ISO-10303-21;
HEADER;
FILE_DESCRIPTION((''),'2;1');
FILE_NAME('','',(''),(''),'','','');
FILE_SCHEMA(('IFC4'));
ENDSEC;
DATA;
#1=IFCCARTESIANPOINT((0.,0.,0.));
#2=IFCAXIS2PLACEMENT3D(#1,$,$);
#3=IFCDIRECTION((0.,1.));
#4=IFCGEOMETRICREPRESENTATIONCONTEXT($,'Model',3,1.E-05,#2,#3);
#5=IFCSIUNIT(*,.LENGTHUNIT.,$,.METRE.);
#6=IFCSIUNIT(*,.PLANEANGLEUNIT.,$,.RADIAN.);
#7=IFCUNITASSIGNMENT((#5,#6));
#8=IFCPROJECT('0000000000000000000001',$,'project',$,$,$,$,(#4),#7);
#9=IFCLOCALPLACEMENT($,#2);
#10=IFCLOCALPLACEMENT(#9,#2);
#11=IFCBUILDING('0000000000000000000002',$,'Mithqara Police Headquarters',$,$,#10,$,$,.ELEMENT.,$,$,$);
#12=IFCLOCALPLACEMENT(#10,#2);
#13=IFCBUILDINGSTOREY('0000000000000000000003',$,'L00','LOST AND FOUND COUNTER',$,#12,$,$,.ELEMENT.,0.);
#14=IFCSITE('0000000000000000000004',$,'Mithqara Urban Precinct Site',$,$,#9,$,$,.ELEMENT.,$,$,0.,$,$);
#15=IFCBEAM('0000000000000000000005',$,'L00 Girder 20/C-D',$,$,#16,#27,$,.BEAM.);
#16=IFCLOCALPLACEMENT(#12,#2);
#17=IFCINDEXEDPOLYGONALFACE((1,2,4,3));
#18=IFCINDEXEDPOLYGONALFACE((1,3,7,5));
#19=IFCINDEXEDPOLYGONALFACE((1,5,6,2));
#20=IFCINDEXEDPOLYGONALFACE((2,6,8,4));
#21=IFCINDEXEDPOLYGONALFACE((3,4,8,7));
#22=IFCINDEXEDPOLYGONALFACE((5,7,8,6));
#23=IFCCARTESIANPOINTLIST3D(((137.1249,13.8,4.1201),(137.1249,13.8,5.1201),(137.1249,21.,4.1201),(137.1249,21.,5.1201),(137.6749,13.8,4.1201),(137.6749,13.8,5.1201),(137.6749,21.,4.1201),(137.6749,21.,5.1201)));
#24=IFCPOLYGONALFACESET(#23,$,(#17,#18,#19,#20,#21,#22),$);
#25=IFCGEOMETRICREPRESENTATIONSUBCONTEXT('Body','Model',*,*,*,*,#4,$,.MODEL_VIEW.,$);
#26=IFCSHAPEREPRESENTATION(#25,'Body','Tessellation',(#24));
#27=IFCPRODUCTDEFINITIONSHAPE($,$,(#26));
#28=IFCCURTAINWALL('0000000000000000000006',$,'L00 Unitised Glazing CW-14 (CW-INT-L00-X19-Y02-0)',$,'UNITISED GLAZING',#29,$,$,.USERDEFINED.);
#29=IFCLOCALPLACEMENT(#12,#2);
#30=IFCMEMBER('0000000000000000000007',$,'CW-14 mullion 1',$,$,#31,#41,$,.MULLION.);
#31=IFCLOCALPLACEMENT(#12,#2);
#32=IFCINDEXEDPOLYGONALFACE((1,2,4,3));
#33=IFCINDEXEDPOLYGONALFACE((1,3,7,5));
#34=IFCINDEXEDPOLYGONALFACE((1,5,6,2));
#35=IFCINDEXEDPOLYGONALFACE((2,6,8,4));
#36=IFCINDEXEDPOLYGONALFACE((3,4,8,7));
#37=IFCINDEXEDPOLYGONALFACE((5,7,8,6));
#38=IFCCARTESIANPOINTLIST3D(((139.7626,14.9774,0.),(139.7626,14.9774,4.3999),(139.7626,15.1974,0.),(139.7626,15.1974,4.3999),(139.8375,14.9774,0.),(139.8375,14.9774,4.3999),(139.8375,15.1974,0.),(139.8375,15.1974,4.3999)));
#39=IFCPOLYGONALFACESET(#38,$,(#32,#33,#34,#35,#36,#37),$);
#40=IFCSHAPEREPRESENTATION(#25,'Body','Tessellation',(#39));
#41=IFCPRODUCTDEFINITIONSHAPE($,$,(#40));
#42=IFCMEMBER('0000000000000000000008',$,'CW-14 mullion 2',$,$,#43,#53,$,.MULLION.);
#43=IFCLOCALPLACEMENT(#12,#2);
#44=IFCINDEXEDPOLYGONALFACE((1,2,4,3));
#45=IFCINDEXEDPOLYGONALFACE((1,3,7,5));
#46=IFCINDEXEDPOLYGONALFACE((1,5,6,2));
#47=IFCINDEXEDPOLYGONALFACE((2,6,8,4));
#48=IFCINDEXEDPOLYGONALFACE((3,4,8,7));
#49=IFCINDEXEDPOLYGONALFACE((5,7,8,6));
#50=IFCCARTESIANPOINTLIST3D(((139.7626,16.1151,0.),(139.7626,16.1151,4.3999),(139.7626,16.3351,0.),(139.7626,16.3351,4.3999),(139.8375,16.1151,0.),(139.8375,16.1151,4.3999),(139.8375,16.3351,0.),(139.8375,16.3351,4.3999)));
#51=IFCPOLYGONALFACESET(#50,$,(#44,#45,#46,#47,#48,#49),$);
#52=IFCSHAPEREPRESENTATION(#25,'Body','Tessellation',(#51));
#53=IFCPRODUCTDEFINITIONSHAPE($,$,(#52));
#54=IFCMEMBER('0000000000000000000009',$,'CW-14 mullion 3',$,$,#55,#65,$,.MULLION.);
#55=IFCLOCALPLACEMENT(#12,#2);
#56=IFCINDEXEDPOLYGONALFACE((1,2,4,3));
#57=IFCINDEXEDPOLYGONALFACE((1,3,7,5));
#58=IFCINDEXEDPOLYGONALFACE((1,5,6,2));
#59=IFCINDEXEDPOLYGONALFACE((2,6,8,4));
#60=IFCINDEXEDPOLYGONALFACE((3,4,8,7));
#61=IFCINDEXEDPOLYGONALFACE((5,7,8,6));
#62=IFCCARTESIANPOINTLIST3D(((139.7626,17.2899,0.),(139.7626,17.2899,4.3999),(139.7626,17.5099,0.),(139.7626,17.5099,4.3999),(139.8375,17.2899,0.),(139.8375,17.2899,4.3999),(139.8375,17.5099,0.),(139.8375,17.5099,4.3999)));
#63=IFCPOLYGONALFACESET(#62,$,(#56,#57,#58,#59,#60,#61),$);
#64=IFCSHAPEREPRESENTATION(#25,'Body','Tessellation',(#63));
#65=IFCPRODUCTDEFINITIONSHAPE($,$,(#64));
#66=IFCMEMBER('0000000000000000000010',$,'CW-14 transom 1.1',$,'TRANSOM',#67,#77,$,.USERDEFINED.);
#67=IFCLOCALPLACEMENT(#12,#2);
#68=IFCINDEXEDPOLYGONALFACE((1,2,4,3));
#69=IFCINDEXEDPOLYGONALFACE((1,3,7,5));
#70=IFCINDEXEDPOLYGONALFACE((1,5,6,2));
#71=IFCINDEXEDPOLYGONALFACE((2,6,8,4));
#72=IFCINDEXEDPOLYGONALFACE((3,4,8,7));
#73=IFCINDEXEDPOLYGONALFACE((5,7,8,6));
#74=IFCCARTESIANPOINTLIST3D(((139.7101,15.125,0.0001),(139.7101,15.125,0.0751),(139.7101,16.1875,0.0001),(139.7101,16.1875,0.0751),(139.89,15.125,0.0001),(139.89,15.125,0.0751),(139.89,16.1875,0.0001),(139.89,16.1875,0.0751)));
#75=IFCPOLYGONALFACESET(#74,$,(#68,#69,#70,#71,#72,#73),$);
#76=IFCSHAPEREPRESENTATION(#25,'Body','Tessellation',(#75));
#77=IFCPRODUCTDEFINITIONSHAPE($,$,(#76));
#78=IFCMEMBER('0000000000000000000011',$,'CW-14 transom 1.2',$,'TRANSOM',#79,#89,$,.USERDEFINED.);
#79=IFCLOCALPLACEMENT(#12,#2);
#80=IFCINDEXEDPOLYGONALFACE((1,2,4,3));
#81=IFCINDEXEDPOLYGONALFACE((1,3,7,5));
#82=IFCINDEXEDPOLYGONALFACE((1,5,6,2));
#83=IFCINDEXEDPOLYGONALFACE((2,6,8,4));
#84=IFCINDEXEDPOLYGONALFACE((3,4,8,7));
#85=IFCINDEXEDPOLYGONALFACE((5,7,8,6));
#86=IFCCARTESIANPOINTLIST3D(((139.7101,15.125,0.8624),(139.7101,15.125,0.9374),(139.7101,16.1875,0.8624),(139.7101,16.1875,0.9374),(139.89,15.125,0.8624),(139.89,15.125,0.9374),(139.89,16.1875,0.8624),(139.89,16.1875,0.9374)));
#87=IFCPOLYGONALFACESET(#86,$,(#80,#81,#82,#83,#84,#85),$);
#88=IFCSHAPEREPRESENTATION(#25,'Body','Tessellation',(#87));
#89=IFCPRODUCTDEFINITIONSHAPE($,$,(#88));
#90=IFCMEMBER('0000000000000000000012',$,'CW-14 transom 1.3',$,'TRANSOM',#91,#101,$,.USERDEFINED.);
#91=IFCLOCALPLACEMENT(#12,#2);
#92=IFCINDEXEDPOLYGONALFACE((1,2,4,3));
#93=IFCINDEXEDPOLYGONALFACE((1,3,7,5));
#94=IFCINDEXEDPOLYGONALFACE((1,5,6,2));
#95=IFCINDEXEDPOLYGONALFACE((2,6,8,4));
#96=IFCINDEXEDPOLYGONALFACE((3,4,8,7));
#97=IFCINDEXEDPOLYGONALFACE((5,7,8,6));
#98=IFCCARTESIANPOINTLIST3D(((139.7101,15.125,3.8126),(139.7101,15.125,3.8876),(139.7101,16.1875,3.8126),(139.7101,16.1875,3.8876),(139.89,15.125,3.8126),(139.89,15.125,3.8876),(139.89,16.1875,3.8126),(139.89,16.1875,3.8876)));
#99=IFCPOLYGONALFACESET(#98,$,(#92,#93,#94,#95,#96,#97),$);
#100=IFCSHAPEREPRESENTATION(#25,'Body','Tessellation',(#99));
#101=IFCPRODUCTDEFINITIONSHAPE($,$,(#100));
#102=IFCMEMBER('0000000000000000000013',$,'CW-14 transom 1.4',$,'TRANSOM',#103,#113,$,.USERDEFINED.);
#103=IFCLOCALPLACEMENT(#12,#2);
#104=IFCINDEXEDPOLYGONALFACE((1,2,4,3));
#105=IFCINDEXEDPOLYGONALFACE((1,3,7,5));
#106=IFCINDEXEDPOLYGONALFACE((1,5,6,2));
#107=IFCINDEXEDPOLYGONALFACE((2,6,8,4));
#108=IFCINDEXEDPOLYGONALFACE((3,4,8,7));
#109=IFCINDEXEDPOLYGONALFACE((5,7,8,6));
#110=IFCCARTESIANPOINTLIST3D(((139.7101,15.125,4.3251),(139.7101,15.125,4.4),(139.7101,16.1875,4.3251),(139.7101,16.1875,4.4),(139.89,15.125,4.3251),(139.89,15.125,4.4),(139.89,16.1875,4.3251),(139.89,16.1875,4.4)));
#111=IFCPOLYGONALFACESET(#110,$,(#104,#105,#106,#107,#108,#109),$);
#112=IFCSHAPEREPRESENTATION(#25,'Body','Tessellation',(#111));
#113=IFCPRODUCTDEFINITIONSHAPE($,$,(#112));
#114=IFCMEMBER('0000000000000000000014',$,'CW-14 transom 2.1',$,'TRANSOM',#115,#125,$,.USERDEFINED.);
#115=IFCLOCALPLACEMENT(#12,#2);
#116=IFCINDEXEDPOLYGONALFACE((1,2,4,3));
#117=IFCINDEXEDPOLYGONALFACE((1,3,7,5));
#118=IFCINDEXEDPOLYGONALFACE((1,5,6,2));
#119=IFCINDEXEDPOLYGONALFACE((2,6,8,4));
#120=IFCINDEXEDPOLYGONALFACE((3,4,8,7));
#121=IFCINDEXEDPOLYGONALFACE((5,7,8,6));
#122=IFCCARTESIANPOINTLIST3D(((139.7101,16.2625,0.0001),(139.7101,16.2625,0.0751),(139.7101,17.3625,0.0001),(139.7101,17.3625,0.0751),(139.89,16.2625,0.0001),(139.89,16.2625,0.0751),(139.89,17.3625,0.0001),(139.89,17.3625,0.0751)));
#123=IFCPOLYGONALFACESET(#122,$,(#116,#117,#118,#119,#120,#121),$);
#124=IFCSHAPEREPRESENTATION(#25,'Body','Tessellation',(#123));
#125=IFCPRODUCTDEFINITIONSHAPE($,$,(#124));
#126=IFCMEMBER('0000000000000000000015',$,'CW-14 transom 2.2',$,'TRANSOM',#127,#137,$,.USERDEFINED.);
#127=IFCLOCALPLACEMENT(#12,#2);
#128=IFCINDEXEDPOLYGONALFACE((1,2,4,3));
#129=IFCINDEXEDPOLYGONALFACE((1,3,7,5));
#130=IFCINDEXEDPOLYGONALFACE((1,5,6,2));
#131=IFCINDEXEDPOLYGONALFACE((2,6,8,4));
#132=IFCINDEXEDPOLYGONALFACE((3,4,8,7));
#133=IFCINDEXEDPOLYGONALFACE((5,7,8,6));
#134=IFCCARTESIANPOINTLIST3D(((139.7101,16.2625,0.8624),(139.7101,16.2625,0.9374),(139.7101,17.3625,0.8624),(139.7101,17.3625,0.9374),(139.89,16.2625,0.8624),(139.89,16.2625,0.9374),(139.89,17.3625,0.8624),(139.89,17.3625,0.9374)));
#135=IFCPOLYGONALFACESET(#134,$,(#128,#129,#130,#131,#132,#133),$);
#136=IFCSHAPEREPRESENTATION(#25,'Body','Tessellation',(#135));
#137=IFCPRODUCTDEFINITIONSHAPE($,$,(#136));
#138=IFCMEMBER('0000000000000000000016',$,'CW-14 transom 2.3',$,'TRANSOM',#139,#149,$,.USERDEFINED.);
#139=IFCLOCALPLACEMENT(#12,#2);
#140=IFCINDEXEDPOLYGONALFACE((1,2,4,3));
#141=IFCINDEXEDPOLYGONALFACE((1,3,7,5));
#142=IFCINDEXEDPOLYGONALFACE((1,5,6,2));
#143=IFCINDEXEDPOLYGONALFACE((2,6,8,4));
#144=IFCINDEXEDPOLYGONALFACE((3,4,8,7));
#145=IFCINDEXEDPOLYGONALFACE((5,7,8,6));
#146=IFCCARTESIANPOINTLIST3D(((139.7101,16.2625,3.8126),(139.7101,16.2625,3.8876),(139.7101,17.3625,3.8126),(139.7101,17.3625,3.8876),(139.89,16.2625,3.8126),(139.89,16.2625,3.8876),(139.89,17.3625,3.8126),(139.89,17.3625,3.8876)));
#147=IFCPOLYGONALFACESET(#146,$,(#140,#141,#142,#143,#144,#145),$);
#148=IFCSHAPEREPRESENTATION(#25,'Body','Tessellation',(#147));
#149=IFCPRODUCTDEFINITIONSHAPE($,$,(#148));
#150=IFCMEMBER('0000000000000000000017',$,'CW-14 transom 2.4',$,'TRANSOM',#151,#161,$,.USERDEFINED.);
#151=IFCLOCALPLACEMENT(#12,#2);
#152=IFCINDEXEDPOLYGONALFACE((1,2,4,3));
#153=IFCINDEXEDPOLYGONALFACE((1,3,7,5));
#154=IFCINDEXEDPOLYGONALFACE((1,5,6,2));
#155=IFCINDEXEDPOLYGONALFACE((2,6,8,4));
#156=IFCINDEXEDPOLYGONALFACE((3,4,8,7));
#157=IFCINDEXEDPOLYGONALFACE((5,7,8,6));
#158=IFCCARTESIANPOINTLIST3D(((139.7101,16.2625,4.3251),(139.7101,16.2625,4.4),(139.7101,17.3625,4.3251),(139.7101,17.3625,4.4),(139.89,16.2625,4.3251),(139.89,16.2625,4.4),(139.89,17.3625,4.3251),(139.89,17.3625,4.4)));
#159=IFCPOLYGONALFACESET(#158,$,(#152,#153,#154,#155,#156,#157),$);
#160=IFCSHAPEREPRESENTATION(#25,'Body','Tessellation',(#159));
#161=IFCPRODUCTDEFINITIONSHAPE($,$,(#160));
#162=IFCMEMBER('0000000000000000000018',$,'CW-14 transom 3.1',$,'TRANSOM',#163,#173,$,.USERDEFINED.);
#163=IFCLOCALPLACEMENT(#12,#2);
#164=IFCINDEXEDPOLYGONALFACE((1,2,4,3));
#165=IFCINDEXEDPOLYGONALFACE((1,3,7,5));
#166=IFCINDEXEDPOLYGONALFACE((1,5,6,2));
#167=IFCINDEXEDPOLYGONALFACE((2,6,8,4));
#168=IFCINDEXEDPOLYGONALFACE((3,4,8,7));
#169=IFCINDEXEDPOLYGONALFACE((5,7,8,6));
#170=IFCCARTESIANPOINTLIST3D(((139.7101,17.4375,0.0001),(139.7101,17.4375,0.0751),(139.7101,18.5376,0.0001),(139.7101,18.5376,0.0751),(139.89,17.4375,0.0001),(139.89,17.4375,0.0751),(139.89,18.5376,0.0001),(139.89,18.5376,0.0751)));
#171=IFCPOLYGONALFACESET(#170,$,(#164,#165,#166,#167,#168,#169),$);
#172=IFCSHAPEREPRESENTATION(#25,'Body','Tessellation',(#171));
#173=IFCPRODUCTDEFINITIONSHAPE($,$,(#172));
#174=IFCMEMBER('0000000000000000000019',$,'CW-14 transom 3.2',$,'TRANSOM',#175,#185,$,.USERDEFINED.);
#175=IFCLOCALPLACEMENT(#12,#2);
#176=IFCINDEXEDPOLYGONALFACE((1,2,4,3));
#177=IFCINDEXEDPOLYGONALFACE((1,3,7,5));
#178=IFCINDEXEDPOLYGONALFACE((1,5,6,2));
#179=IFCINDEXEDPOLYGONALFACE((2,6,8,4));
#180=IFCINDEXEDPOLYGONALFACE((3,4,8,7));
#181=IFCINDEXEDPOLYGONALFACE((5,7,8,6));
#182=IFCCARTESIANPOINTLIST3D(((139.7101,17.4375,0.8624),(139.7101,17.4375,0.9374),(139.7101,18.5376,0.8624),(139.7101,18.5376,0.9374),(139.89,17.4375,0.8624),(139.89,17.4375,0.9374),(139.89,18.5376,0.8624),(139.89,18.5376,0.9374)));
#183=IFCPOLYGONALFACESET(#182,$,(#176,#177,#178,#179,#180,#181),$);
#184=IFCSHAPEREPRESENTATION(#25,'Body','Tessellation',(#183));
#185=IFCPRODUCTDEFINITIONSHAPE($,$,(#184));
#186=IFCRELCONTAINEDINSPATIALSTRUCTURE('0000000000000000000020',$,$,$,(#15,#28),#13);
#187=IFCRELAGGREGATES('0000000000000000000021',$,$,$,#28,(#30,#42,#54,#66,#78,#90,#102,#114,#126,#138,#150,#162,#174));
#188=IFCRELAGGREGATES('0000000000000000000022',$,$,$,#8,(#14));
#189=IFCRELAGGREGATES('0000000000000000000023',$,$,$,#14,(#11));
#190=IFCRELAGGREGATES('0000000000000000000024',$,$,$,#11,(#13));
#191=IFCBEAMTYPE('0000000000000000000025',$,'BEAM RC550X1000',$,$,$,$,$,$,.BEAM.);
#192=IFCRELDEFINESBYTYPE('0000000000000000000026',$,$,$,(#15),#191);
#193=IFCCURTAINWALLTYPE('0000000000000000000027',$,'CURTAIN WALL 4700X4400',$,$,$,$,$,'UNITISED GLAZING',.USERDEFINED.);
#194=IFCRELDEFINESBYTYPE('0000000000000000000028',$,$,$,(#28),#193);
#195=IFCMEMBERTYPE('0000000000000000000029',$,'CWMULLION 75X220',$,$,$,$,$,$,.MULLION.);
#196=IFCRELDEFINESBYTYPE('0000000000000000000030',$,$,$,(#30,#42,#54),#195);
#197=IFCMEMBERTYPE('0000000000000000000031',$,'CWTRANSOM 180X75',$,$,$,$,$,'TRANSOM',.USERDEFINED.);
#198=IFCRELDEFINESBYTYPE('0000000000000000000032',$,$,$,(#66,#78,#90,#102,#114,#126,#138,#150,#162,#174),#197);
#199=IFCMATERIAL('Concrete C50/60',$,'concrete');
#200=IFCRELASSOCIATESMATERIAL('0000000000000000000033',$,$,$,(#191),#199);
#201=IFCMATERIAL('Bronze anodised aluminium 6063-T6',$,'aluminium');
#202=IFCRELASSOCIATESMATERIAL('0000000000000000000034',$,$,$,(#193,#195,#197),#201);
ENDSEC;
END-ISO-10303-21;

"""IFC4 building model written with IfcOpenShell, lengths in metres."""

from ifc_helpers import new_model, si_unit, direction, frame, origin, origin_2d, place, context, subcontext, project, spatial, rectangle, extrude, material, material_profile, profile_set, type_object, element, aggregate, save


model = new_model("IFC4")

# Units and contexts
model_context = context("Model", 3, precision=1e-05, world=origin(), true_north=direction((0.0, 1.0)))
body_context = subcontext(model_context, "Body", "Model", "MODEL_VIEW")
ifc_project = project(units=[si_unit("LENGTHUNIT", "METRE"), si_unit("PLANEANGLEUNIT", "RADIAN")], contexts=[model_context])

# Site, building, storey
site_placement = place(None, origin())
site = spatial("IfcSite", under=ifc_project, at=site_placement, Name="Mithqara Urban Precinct Site", CompositionType="ELEMENT", RefElevation=0.0)
building_placement = place(site_placement, origin())
building = spatial("IfcBuilding", under=site, at=building_placement, Name="Mithqara Police Headquarters", CompositionType="ELEMENT")
storey_placement = place(building_placement, origin())
storey = spatial("IfcBuildingStorey", under=building, at=storey_placement, Name="L00", Description="LOST AND FOUND COUNTER", CompositionType="ELEMENT", Elevation=0.0)

# Shared definitions
ifc_material_1 = material(Name="Concrete C50/60", Category="concrete")

# Beam
ifc_material_profile_1 = material_profile(ifc_material_1, rectangle(XDim=0.55, YDim=1.0, at=origin_2d()), Name="RC 550x1000")
ifc_profile_set_1 = profile_set([ifc_material_profile_1], Name="Concrete C50/60")
beam_type_1 = type_object("IfcBeamType", Name="BEAM RC550X1000", PredefinedType="BEAM", material=ifc_profile_set_1)
beam_1_placement = place(storey_placement, frame((137.3999, 13.8, 4.6201), z_axis=(0.0, 1.0, 0.0), x_axis=(-1.0, 0.0, 0.0)))
element("IfcBeam", 1, at=beam_1_placement, inside=storey, type_object=beam_type_1, Name="L00 Girder 20/C-D", PredefinedType="BEAM", context=body_context, shape_type="SweptSolid", body=[
    extrude(rectangle(XDim=0.55, YDim=1.0, at=origin_2d()), origin(), (0.0, 0.0, 1.0), 7.2),
])

# Curtain wall, members
ifc_material_2 = material(Name="Bronze anodised aluminium 6063-T6", Category="aluminium")
curtain_wall_type = type_object("IfcCurtainWallType", Name="CURTAIN WALL 4700X4400", ElementType="UNITISED GLAZING", PredefinedType="USERDEFINED", material=ifc_material_2)
curtain_wall_placement = place(storey_placement, origin())
curtain_wall = element("IfcCurtainWall", 2, at=curtain_wall_placement, inside=storey, type_object=curtain_wall_type, Name="L00 Unitised Glazing CW-14 (CW-INT-L00-X19-Y02-0)", ObjectType="UNITISED GLAZING", PredefinedType="USERDEFINED")
ifc_material_profile_2 = material_profile(ifc_material_2, rectangle(XDim=0.075, YDim=0.22, at=origin_2d()), Name="CWM 75x220")
ifc_profile_set_2 = profile_set([ifc_material_profile_2], Name="Bronze anodised aluminium 6063-T6")
member_type_1 = type_object("IfcMemberType", Name="CWMULLION 75X220", PredefinedType="MULLION", material=ifc_profile_set_2)
member_1_placement = place(storey_placement, frame((139.8, 15.0874, 0.0), z_axis=(0.0, 0.0, 1.0), x_axis=(-1.0, 0.0, 0.0)))
member_1 = element("IfcMember", 3, at=member_1_placement, type_object=member_type_1, Name="CW-14 mullion 1", PredefinedType="MULLION", context=body_context, shape_type="SweptSolid", body=[
    extrude(rectangle(XDim=0.075, YDim=0.22, at=origin_2d()), origin(), (0.0, 0.0, 1.0), 4.3999),
])
member_2_placement = place(storey_placement, frame((139.8, 16.2251, 0.0), z_axis=(0.0, 0.0, 1.0), x_axis=(-1.0, 0.0, 0.0)))
member_2 = element("IfcMember", 4, at=member_2_placement, type_object=member_type_1, Name="CW-14 mullion 2", PredefinedType="MULLION", context=body_context, shape_type="SweptSolid", body=[
    extrude(rectangle(XDim=0.075, YDim=0.22, at=origin_2d()), origin(), (0.0, 0.0, 1.0), 4.3999),
])
member_3_placement = place(storey_placement, frame((139.8, 17.3999, 0.0), z_axis=(0.0, 0.0, 1.0), x_axis=(-1.0, 0.0, 0.0)))
member_3 = element("IfcMember", 5, at=member_3_placement, type_object=member_type_1, Name="CW-14 mullion 3", PredefinedType="MULLION", context=body_context, shape_type="SweptSolid", body=[
    extrude(rectangle(XDim=0.075, YDim=0.22, at=origin_2d()), origin(), (0.0, 0.0, 1.0), 4.3999),
])
ifc_material_profile_3 = material_profile(ifc_material_2, rectangle(XDim=0.1799, YDim=0.075, at=origin_2d()), Name="CWT 180x75")
ifc_profile_set_3 = profile_set([ifc_material_profile_3], Name="Bronze anodised aluminium 6063-T6")
member_type_2 = type_object("IfcMemberType", Name="CWTRANSOM 180X75", ElementType="TRANSOM", PredefinedType="USERDEFINED", material=ifc_profile_set_3)
member_4_placement = place(storey_placement, frame((139.8, 15.125, 0.0376), z_axis=(0.0, 1.0, 0.0), x_axis=(-1.0, 0.0, 0.0)))
member_4 = element("IfcMember", 6, at=member_4_placement, type_object=member_type_2, Name="CW-14 transom 1.1", ObjectType="TRANSOM", PredefinedType="USERDEFINED", context=body_context, shape_type="SweptSolid", body=[
    extrude(rectangle(XDim=0.1799, YDim=0.075, at=origin_2d()), origin(), (0.0, 0.0, 1.0), 1.0625),
])
member_5_placement = place(storey_placement, frame((139.8, 15.125, 0.8999), z_axis=(0.0, 1.0, 0.0), x_axis=(-1.0, 0.0, 0.0)))
member_5 = element("IfcMember", 7, at=member_5_placement, type_object=member_type_2, Name="CW-14 transom 1.2", ObjectType="TRANSOM", PredefinedType="USERDEFINED", context=body_context, shape_type="SweptSolid", body=[
    extrude(rectangle(XDim=0.1799, YDim=0.075, at=origin_2d()), origin(), (0.0, 0.0, 1.0), 1.0625),
])
member_6_placement = place(storey_placement, frame((139.8, 15.125, 3.8501), z_axis=(0.0, 1.0, 0.0), x_axis=(-1.0, 0.0, 0.0)))
member_6 = element("IfcMember", 8, at=member_6_placement, type_object=member_type_2, Name="CW-14 transom 1.3", ObjectType="TRANSOM", PredefinedType="USERDEFINED", context=body_context, shape_type="SweptSolid", body=[
    extrude(rectangle(XDim=0.1799, YDim=0.075, at=origin_2d()), origin(), (0.0, 0.0, 1.0), 1.0625),
])
member_7_placement = place(storey_placement, frame((139.8, 15.125, 4.3625), z_axis=(0.0, 1.0, 0.0), x_axis=(-1.0, 0.0, 0.0)))
member_7 = element("IfcMember", 9, at=member_7_placement, type_object=member_type_2, Name="CW-14 transom 1.4", ObjectType="TRANSOM", PredefinedType="USERDEFINED", context=body_context, shape_type="SweptSolid", body=[
    extrude(rectangle(XDim=0.1799, YDim=0.075, at=origin_2d()), origin(), (0.0, 0.0, 1.0), 1.0625),
])
member_8_placement = place(storey_placement, frame((139.8, 16.2625, 0.0376), z_axis=(0.0, 1.0, 0.0), x_axis=(-1.0, 0.0, 0.0)))
member_8 = element("IfcMember", 10, at=member_8_placement, type_object=member_type_2, Name="CW-14 transom 2.1", ObjectType="TRANSOM", PredefinedType="USERDEFINED", context=body_context, shape_type="SweptSolid", body=[
    extrude(rectangle(XDim=0.1799, YDim=0.075, at=origin_2d()), origin(), (0.0, 0.0, 1.0), 1.1001),
])
member_9_placement = place(storey_placement, frame((139.8, 16.2625, 0.8999), z_axis=(0.0, 1.0, 0.0), x_axis=(-1.0, 0.0, 0.0)))
member_9 = element("IfcMember", 11, at=member_9_placement, type_object=member_type_2, Name="CW-14 transom 2.2", ObjectType="TRANSOM", PredefinedType="USERDEFINED", context=body_context, shape_type="SweptSolid", body=[
    extrude(rectangle(XDim=0.1799, YDim=0.075, at=origin_2d()), origin(), (0.0, 0.0, 1.0), 1.1001),
])
member_10_placement = place(storey_placement, frame((139.8, 16.2625, 3.8501), z_axis=(0.0, 1.0, 0.0), x_axis=(-1.0, 0.0, 0.0)))
member_10 = element("IfcMember", 12, at=member_10_placement, type_object=member_type_2, Name="CW-14 transom 2.3", ObjectType="TRANSOM", PredefinedType="USERDEFINED", context=body_context, shape_type="SweptSolid", body=[
    extrude(rectangle(XDim=0.1799, YDim=0.075, at=origin_2d()), origin(), (0.0, 0.0, 1.0), 1.1001),
])
member_11_placement = place(storey_placement, frame((139.8, 16.2625, 4.3625), z_axis=(0.0, 1.0, 0.0), x_axis=(-1.0, 0.0, 0.0)))
member_11 = element("IfcMember", 13, at=member_11_placement, type_object=member_type_2, Name="CW-14 transom 2.4", ObjectType="TRANSOM", PredefinedType="USERDEFINED", context=body_context, shape_type="SweptSolid", body=[
    extrude(rectangle(XDim=0.1799, YDim=0.075, at=origin_2d()), origin(), (0.0, 0.0, 1.0), 1.1001),
])
member_12_placement = place(storey_placement, frame((139.8, 17.4375, 0.0376), z_axis=(0.0, 1.0, 0.0), x_axis=(-1.0, 0.0, 0.0)))
member_12 = element("IfcMember", 14, at=member_12_placement, type_object=member_type_2, Name="CW-14 transom 3.1", ObjectType="TRANSOM", PredefinedType="USERDEFINED", context=body_context, shape_type="SweptSolid", body=[
    extrude(rectangle(XDim=0.1799, YDim=0.075, at=origin_2d()), origin(), (0.0, 0.0, 1.0), 1.1001),
])
member_13_placement = place(storey_placement, frame((139.8, 17.4375, 0.8999), z_axis=(0.0, 1.0, 0.0), x_axis=(-1.0, 0.0, 0.0)))
member_13 = element("IfcMember", 15, at=member_13_placement, type_object=member_type_2, Name="CW-14 transom 3.2", ObjectType="TRANSOM", PredefinedType="USERDEFINED", context=body_context, shape_type="SweptSolid", body=[
    extrude(rectangle(XDim=0.1799, YDim=0.075, at=origin_2d()), origin(), (0.0, 0.0, 1.0), 1.1001),
])
aggregate(curtain_wall, [member_1, member_2, member_3, member_4, member_5, member_6, member_7, member_8, member_9, member_10, member_11, member_12, member_13])

save(model, "model.ifc")
